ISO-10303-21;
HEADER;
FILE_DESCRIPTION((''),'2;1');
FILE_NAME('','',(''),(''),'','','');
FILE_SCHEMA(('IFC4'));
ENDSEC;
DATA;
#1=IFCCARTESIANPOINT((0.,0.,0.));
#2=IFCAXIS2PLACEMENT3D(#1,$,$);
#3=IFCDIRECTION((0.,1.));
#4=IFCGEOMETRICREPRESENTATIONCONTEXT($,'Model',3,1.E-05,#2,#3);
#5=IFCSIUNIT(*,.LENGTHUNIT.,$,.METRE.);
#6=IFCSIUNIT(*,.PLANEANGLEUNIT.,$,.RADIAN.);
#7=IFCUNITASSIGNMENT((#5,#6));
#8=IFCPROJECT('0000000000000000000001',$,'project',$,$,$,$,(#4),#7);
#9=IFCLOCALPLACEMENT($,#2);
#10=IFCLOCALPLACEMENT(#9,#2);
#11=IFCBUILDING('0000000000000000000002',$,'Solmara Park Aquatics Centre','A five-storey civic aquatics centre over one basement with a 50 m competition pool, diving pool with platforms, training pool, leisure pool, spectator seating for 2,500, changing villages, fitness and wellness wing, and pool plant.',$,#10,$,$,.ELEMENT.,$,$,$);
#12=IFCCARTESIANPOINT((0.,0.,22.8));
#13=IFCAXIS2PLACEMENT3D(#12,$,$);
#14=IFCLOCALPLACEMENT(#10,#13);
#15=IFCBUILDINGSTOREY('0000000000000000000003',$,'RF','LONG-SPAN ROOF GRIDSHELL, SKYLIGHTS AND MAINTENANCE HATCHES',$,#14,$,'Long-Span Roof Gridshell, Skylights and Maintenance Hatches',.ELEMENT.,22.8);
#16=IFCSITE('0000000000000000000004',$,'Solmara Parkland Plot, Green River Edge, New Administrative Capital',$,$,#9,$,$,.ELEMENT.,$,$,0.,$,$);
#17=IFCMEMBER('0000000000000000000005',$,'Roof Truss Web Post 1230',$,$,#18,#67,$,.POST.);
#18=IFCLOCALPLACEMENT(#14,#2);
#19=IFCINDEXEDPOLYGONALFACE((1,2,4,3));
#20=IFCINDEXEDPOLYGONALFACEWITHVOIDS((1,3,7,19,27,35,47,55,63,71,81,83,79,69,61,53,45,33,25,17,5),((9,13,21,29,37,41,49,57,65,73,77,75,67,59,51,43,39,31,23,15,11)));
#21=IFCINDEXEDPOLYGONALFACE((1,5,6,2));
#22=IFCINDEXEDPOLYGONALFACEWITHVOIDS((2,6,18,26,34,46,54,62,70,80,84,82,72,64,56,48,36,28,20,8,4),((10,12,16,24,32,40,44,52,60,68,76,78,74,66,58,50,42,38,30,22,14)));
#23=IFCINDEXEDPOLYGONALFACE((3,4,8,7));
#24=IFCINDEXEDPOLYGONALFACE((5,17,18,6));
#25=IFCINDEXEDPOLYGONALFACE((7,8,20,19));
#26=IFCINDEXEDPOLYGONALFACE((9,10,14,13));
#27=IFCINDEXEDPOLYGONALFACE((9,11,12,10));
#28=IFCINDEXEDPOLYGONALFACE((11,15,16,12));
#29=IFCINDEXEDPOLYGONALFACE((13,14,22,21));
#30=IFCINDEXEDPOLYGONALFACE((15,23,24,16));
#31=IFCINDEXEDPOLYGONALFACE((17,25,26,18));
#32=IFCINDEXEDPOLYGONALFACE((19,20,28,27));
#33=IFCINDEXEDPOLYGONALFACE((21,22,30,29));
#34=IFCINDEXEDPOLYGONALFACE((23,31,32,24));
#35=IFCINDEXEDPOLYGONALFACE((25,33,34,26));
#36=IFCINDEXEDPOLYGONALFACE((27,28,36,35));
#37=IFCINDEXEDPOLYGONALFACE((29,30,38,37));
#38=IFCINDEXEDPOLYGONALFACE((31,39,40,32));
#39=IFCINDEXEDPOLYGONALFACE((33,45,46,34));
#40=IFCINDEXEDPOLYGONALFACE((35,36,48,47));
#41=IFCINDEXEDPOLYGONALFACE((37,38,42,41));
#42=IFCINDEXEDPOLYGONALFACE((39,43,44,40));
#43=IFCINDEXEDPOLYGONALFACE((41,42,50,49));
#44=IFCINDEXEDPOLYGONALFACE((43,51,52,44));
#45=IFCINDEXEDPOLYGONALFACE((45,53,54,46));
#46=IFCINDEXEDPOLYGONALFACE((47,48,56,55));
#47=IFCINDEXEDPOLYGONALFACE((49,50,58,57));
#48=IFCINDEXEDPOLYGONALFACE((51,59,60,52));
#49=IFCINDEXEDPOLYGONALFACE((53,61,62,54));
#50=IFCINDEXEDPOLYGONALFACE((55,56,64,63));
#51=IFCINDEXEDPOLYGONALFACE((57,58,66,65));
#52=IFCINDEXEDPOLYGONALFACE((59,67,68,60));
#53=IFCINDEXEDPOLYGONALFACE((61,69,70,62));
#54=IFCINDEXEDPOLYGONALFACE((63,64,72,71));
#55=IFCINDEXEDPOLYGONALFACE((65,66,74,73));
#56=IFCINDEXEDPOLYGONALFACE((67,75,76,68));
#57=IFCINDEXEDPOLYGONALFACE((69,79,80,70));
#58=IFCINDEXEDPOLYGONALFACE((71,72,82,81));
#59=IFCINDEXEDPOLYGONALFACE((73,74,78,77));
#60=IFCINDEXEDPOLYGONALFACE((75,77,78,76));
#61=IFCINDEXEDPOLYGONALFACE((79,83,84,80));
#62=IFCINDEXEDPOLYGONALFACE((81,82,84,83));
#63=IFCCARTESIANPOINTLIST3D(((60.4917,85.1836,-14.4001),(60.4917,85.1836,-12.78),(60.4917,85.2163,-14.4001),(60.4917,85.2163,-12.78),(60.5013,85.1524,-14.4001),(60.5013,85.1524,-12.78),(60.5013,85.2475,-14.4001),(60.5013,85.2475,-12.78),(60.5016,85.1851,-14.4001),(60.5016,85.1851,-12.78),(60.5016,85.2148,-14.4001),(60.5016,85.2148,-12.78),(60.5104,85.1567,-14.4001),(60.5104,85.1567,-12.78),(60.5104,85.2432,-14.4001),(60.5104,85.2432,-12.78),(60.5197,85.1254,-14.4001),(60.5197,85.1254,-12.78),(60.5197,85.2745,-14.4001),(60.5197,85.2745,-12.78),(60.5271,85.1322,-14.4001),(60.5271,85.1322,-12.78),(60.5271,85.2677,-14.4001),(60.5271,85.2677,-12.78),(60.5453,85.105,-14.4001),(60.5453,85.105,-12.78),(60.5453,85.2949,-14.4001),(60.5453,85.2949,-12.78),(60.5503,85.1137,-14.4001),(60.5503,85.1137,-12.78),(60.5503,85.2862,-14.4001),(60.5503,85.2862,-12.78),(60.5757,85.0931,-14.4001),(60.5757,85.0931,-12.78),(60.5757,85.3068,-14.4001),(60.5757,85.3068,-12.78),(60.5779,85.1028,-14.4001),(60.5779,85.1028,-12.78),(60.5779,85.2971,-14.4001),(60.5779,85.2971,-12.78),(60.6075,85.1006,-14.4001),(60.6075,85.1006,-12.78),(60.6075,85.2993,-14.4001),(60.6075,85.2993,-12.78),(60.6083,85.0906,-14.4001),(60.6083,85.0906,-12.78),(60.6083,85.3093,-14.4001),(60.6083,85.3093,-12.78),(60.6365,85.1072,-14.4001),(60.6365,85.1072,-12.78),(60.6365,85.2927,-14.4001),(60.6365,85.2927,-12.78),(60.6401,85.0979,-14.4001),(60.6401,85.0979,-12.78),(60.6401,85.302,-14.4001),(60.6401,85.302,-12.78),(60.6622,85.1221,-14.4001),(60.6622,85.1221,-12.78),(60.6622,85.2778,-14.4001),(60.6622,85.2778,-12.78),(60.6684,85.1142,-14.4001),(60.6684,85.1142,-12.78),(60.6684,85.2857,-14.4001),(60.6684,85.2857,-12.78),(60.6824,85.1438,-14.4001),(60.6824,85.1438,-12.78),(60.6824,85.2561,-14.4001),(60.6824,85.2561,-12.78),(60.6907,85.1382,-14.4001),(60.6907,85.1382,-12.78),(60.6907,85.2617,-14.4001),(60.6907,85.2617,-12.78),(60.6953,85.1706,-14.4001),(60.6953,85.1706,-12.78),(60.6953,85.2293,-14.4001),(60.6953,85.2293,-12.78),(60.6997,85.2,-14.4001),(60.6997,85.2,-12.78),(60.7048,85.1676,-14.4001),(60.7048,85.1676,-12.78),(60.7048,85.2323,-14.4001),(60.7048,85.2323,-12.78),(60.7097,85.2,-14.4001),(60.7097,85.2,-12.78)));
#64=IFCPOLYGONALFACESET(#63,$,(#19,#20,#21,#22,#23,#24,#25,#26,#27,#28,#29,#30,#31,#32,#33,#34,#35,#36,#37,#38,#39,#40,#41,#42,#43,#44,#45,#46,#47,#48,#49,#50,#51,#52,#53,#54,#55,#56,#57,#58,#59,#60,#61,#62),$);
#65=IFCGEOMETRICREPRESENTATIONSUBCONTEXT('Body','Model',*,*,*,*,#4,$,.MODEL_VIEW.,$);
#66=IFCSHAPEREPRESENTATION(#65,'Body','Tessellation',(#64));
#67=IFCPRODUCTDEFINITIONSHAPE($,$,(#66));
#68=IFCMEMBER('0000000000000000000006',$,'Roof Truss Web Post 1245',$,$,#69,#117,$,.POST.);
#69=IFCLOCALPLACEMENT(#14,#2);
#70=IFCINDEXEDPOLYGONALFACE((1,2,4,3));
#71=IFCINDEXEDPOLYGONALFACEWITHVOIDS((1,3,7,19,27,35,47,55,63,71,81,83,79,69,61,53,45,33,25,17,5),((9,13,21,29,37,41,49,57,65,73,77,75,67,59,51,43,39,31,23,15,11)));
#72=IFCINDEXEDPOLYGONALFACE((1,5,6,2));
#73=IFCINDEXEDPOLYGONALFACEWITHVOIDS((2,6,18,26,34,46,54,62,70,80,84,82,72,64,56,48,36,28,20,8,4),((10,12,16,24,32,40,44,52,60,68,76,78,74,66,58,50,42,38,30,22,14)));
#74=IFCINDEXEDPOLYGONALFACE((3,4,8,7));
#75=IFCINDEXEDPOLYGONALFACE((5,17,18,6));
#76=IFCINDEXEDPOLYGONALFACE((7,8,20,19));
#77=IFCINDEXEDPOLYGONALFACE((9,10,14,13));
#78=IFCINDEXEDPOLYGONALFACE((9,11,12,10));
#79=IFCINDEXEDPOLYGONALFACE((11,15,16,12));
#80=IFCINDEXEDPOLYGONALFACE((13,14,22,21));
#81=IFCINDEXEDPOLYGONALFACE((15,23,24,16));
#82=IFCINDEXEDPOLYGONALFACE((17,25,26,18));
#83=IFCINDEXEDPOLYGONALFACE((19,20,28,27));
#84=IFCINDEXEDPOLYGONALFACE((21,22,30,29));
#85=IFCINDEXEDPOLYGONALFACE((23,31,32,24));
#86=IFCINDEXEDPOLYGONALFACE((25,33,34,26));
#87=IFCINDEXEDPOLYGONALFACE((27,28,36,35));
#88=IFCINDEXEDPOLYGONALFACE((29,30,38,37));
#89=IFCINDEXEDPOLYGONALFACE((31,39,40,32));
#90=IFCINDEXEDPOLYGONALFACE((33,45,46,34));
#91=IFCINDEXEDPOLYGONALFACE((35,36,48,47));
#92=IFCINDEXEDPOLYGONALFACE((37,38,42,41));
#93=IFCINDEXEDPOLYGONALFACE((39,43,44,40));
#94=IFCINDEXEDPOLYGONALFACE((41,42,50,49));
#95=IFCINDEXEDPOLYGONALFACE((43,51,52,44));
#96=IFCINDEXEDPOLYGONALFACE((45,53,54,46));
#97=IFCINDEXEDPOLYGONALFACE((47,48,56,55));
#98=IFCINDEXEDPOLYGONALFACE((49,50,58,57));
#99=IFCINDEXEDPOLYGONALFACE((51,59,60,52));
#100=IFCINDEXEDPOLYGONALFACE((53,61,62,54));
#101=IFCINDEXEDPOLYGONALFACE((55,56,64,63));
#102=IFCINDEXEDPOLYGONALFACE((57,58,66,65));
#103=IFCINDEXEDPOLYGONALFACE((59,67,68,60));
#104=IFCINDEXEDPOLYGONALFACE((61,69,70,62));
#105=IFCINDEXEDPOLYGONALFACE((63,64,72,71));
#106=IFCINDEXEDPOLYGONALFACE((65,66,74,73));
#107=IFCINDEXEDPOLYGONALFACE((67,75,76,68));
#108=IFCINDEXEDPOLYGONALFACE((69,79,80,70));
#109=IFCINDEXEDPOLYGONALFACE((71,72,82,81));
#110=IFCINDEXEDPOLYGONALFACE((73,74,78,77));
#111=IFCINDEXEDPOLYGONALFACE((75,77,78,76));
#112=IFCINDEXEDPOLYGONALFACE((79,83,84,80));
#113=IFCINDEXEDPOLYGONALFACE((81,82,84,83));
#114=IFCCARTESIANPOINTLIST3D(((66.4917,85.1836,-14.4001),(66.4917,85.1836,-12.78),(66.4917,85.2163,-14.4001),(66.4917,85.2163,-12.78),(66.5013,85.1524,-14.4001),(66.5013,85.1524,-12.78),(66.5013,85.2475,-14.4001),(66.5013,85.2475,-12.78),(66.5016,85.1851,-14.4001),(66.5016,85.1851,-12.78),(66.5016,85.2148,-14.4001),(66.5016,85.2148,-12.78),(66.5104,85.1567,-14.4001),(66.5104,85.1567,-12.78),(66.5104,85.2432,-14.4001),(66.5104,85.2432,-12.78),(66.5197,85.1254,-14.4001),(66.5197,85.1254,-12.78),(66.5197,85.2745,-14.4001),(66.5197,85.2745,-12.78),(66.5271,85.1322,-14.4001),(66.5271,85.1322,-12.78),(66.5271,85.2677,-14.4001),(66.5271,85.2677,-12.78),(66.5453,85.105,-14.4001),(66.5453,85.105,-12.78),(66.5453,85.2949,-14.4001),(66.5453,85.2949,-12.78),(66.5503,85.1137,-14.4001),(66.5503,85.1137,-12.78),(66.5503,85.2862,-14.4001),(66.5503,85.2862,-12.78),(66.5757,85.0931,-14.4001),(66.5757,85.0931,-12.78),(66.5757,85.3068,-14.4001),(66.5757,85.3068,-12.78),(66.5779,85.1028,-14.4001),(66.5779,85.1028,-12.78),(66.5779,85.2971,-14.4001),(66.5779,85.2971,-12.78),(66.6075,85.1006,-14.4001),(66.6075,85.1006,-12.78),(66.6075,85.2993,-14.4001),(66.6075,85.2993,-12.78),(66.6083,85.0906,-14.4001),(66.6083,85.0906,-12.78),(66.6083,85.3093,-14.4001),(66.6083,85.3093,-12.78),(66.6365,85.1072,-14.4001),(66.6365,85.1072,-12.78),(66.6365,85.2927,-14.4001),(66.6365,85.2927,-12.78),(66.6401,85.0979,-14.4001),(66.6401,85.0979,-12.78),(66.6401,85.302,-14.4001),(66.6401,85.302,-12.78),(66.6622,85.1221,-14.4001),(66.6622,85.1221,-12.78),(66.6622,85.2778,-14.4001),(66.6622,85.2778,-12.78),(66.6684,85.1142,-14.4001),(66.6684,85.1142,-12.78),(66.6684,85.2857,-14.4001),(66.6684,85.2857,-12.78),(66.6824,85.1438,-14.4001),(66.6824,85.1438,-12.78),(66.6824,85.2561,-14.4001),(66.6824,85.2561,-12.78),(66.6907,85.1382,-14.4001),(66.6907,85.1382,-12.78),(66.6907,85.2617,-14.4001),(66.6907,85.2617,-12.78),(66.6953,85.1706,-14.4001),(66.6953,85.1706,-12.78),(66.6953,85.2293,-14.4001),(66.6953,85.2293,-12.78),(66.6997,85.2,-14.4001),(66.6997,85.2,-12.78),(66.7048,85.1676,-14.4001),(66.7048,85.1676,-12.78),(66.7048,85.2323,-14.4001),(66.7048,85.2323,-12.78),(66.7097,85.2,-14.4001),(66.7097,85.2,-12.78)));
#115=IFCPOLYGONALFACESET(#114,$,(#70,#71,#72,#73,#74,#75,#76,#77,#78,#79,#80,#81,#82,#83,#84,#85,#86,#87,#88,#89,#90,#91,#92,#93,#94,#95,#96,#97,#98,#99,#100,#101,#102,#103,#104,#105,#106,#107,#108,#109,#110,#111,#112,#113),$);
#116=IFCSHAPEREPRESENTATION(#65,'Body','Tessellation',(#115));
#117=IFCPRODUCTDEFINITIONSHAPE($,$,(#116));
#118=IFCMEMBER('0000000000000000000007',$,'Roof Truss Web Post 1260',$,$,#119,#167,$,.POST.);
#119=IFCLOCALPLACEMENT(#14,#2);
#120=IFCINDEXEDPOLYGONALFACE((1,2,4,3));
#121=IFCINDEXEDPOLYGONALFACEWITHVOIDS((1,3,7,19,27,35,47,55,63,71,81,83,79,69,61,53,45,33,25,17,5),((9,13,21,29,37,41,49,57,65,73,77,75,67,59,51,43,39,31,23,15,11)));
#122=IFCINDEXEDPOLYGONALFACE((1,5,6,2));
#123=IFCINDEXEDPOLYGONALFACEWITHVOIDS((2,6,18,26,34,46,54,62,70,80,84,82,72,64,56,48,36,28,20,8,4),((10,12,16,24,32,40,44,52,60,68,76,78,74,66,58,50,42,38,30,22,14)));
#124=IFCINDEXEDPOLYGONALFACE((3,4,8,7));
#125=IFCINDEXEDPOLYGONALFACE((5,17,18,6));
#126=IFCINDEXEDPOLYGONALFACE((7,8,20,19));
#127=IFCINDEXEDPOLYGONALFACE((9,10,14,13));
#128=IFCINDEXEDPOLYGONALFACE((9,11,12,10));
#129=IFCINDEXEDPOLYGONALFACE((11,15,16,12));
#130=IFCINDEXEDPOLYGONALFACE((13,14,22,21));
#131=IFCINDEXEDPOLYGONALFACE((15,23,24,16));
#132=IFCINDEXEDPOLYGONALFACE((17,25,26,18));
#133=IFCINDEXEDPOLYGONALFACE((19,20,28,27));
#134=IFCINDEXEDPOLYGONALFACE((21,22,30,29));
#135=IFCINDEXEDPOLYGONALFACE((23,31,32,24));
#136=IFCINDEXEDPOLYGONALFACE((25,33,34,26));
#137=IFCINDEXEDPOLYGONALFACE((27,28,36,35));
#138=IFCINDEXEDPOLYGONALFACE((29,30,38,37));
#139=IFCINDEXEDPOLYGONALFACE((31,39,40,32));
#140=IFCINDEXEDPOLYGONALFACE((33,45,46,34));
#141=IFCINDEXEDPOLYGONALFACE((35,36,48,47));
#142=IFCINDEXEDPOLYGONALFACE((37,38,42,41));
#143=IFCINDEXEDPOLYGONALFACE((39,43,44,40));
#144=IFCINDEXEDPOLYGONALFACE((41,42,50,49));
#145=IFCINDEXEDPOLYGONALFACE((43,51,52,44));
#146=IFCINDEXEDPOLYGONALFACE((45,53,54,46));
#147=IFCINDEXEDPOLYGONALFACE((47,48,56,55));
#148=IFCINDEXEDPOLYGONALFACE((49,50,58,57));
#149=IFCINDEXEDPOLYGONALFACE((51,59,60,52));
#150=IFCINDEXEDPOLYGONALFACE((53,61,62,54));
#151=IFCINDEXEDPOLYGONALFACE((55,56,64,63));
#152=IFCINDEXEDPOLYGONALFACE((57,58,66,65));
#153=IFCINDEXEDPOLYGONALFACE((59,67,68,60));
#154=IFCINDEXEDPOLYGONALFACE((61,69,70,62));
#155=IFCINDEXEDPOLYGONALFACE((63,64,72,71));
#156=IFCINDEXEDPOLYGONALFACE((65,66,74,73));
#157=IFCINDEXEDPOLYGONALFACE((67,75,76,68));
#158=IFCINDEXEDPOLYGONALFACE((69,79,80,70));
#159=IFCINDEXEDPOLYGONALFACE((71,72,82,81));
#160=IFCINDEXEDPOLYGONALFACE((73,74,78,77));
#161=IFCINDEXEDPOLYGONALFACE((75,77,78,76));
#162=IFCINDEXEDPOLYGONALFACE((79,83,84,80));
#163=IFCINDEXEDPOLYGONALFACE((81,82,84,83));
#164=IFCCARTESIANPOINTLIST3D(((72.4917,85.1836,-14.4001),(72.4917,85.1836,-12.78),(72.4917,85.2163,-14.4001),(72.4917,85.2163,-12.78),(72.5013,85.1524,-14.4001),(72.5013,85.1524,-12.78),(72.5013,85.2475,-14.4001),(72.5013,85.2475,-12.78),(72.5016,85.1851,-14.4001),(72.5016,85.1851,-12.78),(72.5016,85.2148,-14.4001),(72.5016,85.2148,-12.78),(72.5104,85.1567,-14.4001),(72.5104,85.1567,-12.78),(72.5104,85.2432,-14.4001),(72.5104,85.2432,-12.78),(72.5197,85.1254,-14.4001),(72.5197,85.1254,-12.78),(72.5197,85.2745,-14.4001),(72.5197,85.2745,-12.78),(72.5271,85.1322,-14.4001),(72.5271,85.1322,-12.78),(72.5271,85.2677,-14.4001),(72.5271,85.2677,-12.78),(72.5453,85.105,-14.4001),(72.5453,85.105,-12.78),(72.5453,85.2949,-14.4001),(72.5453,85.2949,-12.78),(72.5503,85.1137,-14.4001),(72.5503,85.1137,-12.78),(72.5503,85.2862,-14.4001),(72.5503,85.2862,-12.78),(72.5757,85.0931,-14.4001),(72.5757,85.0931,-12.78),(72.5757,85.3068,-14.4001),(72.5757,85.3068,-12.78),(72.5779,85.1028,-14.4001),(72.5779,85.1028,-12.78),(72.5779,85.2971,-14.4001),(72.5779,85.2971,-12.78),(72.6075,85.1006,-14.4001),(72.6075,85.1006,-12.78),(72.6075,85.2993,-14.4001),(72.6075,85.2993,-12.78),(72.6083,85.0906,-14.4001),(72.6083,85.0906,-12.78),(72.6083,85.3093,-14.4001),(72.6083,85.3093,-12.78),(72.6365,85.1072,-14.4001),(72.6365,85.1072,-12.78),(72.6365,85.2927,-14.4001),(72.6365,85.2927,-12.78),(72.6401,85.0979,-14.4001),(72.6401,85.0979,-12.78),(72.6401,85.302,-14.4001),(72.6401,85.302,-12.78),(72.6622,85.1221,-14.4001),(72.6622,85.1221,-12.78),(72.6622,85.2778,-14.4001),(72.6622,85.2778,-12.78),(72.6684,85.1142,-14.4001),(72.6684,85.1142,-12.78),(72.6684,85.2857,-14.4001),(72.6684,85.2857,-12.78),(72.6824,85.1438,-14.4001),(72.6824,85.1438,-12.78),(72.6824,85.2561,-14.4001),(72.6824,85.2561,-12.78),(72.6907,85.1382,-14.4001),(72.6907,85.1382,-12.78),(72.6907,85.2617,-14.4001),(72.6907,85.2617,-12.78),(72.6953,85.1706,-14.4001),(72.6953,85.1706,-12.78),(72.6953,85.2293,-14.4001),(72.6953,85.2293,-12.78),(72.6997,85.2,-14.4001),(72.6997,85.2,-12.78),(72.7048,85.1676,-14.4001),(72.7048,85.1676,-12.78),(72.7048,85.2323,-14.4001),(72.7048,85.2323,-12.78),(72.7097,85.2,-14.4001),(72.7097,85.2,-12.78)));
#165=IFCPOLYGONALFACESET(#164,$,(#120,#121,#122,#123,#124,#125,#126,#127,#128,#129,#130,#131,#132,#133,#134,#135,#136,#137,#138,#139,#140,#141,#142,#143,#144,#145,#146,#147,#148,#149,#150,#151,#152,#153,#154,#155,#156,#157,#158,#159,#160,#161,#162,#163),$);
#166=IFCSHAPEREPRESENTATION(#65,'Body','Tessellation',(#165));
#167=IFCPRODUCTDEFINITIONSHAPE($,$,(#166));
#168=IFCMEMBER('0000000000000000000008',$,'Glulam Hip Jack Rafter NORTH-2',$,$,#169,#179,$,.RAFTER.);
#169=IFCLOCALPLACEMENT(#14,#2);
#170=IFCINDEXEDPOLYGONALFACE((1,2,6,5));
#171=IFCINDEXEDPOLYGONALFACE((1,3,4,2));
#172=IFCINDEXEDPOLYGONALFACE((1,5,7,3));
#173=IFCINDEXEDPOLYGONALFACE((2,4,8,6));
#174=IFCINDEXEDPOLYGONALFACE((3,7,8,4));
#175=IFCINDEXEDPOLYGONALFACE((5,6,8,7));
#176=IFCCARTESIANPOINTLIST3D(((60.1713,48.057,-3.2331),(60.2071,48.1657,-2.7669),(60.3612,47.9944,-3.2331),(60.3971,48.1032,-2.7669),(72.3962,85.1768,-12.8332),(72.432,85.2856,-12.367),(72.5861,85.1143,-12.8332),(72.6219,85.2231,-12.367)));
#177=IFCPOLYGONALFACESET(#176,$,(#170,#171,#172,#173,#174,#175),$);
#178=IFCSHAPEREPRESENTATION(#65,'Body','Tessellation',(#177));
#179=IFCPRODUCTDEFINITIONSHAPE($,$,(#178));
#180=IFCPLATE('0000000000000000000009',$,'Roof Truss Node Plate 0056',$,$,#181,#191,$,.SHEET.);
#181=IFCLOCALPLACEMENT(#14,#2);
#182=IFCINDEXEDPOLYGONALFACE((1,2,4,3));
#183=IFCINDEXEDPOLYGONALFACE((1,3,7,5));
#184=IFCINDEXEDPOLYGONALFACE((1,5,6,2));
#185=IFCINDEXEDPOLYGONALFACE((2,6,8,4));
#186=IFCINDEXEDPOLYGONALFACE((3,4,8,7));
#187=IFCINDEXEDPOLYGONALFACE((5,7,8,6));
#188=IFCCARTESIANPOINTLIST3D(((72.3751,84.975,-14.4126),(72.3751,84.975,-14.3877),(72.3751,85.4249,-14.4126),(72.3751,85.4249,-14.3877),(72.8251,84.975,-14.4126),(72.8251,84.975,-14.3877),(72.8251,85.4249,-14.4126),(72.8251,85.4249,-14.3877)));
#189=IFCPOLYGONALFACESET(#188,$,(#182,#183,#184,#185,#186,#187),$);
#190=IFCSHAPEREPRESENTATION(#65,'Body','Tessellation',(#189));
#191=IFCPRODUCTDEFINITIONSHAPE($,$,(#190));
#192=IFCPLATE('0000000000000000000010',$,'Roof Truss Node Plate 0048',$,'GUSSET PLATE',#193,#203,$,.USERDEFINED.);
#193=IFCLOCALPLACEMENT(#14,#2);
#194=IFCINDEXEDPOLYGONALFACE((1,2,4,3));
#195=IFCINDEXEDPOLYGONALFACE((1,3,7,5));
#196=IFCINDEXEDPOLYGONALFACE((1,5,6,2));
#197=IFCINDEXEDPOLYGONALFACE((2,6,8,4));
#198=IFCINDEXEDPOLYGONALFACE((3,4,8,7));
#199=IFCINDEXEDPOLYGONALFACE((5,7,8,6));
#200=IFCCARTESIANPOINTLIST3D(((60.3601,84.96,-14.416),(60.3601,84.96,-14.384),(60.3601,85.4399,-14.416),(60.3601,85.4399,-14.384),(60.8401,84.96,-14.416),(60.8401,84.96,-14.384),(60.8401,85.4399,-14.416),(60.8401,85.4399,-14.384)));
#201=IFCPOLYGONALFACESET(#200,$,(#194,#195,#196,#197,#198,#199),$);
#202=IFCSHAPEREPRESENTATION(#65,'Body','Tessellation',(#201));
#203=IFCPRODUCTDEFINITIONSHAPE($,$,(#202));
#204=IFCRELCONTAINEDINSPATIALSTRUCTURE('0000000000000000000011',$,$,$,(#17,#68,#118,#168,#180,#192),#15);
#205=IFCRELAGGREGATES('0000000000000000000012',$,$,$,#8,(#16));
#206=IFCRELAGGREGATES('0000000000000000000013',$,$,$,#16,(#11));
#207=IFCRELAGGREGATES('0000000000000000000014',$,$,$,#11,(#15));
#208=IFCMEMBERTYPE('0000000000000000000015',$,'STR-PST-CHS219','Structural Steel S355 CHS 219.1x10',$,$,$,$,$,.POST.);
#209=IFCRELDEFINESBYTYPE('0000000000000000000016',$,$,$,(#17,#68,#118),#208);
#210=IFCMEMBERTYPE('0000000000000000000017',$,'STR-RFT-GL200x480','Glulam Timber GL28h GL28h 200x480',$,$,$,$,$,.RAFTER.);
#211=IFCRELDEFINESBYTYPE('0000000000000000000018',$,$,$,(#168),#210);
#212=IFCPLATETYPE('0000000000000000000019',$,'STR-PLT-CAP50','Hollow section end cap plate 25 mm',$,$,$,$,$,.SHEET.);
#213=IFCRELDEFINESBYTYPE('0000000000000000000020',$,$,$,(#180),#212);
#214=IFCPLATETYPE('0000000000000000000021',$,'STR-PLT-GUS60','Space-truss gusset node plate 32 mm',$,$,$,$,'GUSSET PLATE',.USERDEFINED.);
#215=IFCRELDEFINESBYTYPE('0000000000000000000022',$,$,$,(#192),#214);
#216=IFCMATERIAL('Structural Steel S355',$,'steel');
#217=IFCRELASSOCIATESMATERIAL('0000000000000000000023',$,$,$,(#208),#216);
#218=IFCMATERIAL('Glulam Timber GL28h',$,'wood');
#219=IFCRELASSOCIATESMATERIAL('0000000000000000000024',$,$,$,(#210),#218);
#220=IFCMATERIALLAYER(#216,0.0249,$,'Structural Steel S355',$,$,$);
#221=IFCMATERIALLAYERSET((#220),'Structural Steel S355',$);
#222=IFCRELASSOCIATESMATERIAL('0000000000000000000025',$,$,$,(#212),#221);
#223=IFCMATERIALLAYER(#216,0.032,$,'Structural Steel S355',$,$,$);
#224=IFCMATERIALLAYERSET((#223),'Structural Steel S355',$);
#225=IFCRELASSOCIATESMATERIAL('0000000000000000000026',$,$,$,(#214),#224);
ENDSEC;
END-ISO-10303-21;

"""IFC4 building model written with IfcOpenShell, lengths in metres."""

from ifc_helpers import new_model, si_unit, direction, frame, origin, origin_2d, place, context, subcontext, project, spatial, rectangle, hollow_circle, extrude, material, layer, layer_set, material_profile, profile_set, type_object, element, save


model = new_model("IFC4")

# Units and contexts
model_context = context("Model", 3, precision=1e-05, world=origin(), true_north=direction((0.0, 1.0)))
body_context = subcontext(model_context, "Body", "Model", "MODEL_VIEW")
ifc_project = project(units=[si_unit("LENGTHUNIT", "METRE"), si_unit("PLANEANGLEUNIT", "RADIAN")], contexts=[model_context])

# Site, building, storey
site_placement = place(None, origin())
site = spatial("IfcSite", under=ifc_project, at=site_placement, Name="Solmara Parkland Plot, Green River Edge, New Administrative Capital", CompositionType="ELEMENT", RefElevation=0.0)
building_placement = place(site_placement, origin())
building = spatial("IfcBuilding", under=site, at=building_placement, Name="Solmara Park Aquatics Centre", Description="A five-storey civic aquatics centre over one basement with a 50 m competition pool, diving pool with platforms, training pool, leisure pool, spectator seating for 2,500, changing villages, fitness and wellness wing, and pool plant.", CompositionType="ELEMENT")
storey_placement = place(building_placement, frame((0.0, 0.0, 22.8)))
storey = spatial("IfcBuildingStorey", under=building, at=storey_placement, Name="RF", Description="LONG-SPAN ROOF GRIDSHELL, SKYLIGHTS AND MAINTENANCE HATCHES", LongName="Long-Span Roof Gridshell, Skylights and Maintenance Hatches", CompositionType="ELEMENT", Elevation=22.8)

# Members
ifc_material_1 = material(Name="Structural Steel S355", Category="steel")
ifc_material_2 = material(Name="Glulam Timber GL28h", Category="wood")
ifc_material_profile_1 = material_profile(ifc_material_1, hollow_circle(Radius=0.1096, WallThickness=0.01, at=origin_2d()), Name="CHS 219.1x10")
ifc_profile_set_1 = profile_set([ifc_material_profile_1], Name="Structural Steel S355")
member_type_1 = type_object("IfcMemberType", Name="STR-PST-CHS219", Description="Structural Steel S355 CHS 219.1x10", PredefinedType="POST", material=ifc_profile_set_1)
for number, where, z_axis, x_axis, name in (
    (1, (60.6001, 85.2, -14.4001), (0.0, 0.0, 1.0), (1.0, 0.0, 0.0), "Roof Truss Web Post 1230"),
    (2, (66.6001, 85.2, -14.4001), (0.0, 0.0, 1.0), (1.0, 0.0, 0.0), "Roof Truss Web Post 1245"),
    (3, (72.6001, 85.2, -14.4001), (0.0, 0.0, 1.0), (1.0, 0.0, 0.0), "Roof Truss Web Post 1260"),
):
    element("IfcMember", number, at=place(storey_placement, frame(where, z_axis=z_axis, x_axis=x_axis)), inside=storey, type_object=member_type_1, Name=name, PredefinedType="POST", context=body_context, shape_type="SweptSolid", body=[
        extrude(hollow_circle(Radius=0.1096, WallThickness=0.01, at=origin_2d()), origin(), (0.0, 0.0, 1.0), 1.6201),
    ])
ifc_material_profile_2 = material_profile(ifc_material_2, rectangle(XDim=0.2, YDim=0.48, at=origin_2d()), Name="GL28h 200x480")
ifc_profile_set_2 = profile_set([ifc_material_profile_2], Name="Glulam Timber GL28h")
member_type_2 = type_object("IfcMemberType", Name="STR-RFT-GL200x480", Description="Glulam Timber GL28h GL28h 200x480", PredefinedType="RAFTER", material=ifc_profile_set_2)
member_1_placement = place(storey_placement, frame((72.509, 85.2, -12.6001), z_axis=(-0.303776, -0.922395, 0.238554), x_axis=(0.949817, -0.312807, 0.0)))
element("IfcMember", 4, at=member_1_placement, inside=storey, type_object=member_type_2, Name="Glulam Hip Jack Rafter NORTH-2", PredefinedType="RAFTER", context=body_context, shape_type="SweptSolid", body=[
    extrude(rectangle(XDim=0.2, YDim=0.48, at=origin_2d()), origin(), (0.0, 0.0, 1.0), 40.2429),
])

# Plates
ifc_layer_1 = layer(ifc_material_1, 0.0249, Name="Structural Steel S355")
ifc_layer_set_1 = layer_set([ifc_layer_1], Name="Structural Steel S355")
plate_type_1 = type_object("IfcPlateType", Name="STR-PLT-CAP50", Description="Hollow section end cap plate 25 mm", PredefinedType="SHEET", material=ifc_layer_set_1)
plate_1_placement = place(storey_placement, frame((72.6001, 85.2, -14.4126), z_axis=(0.0, 0.0, 1.0), x_axis=(1.0, 0.0, 0.0)))
element("IfcPlate", 5, at=plate_1_placement, inside=storey, type_object=plate_type_1, Name="Roof Truss Node Plate 0056", PredefinedType="SHEET", context=body_context, shape_type="SweptSolid", body=[
    extrude(rectangle(XDim=0.45, YDim=0.45, at=origin_2d()), origin(), (0.0, 0.0, 1.0), 0.0249),
])
ifc_layer_2 = layer(ifc_material_1, 0.032, Name="Structural Steel S355")
ifc_layer_set_2 = layer_set([ifc_layer_2], Name="Structural Steel S355")
plate_type_2 = type_object("IfcPlateType", Name="STR-PLT-GUS60", Description="Space-truss gusset node plate 32 mm", ElementType="GUSSET PLATE", PredefinedType="USERDEFINED", material=ifc_layer_set_2)
plate_2_placement = place(storey_placement, frame((60.6001, 85.2, -14.416), z_axis=(0.0, 0.0, 1.0), x_axis=(1.0, 0.0, 0.0)))
element("IfcPlate", 6, at=plate_2_placement, inside=storey, type_object=plate_type_2, Name="Roof Truss Node Plate 0048", ObjectType="GUSSET PLATE", PredefinedType="USERDEFINED", context=body_context, shape_type="SweptSolid", body=[
    extrude(rectangle(XDim=0.48, YDim=0.48, at=origin_2d()), origin(), (0.0, 0.0, 1.0), 0.032),
])

save(model, "model.ifc")
